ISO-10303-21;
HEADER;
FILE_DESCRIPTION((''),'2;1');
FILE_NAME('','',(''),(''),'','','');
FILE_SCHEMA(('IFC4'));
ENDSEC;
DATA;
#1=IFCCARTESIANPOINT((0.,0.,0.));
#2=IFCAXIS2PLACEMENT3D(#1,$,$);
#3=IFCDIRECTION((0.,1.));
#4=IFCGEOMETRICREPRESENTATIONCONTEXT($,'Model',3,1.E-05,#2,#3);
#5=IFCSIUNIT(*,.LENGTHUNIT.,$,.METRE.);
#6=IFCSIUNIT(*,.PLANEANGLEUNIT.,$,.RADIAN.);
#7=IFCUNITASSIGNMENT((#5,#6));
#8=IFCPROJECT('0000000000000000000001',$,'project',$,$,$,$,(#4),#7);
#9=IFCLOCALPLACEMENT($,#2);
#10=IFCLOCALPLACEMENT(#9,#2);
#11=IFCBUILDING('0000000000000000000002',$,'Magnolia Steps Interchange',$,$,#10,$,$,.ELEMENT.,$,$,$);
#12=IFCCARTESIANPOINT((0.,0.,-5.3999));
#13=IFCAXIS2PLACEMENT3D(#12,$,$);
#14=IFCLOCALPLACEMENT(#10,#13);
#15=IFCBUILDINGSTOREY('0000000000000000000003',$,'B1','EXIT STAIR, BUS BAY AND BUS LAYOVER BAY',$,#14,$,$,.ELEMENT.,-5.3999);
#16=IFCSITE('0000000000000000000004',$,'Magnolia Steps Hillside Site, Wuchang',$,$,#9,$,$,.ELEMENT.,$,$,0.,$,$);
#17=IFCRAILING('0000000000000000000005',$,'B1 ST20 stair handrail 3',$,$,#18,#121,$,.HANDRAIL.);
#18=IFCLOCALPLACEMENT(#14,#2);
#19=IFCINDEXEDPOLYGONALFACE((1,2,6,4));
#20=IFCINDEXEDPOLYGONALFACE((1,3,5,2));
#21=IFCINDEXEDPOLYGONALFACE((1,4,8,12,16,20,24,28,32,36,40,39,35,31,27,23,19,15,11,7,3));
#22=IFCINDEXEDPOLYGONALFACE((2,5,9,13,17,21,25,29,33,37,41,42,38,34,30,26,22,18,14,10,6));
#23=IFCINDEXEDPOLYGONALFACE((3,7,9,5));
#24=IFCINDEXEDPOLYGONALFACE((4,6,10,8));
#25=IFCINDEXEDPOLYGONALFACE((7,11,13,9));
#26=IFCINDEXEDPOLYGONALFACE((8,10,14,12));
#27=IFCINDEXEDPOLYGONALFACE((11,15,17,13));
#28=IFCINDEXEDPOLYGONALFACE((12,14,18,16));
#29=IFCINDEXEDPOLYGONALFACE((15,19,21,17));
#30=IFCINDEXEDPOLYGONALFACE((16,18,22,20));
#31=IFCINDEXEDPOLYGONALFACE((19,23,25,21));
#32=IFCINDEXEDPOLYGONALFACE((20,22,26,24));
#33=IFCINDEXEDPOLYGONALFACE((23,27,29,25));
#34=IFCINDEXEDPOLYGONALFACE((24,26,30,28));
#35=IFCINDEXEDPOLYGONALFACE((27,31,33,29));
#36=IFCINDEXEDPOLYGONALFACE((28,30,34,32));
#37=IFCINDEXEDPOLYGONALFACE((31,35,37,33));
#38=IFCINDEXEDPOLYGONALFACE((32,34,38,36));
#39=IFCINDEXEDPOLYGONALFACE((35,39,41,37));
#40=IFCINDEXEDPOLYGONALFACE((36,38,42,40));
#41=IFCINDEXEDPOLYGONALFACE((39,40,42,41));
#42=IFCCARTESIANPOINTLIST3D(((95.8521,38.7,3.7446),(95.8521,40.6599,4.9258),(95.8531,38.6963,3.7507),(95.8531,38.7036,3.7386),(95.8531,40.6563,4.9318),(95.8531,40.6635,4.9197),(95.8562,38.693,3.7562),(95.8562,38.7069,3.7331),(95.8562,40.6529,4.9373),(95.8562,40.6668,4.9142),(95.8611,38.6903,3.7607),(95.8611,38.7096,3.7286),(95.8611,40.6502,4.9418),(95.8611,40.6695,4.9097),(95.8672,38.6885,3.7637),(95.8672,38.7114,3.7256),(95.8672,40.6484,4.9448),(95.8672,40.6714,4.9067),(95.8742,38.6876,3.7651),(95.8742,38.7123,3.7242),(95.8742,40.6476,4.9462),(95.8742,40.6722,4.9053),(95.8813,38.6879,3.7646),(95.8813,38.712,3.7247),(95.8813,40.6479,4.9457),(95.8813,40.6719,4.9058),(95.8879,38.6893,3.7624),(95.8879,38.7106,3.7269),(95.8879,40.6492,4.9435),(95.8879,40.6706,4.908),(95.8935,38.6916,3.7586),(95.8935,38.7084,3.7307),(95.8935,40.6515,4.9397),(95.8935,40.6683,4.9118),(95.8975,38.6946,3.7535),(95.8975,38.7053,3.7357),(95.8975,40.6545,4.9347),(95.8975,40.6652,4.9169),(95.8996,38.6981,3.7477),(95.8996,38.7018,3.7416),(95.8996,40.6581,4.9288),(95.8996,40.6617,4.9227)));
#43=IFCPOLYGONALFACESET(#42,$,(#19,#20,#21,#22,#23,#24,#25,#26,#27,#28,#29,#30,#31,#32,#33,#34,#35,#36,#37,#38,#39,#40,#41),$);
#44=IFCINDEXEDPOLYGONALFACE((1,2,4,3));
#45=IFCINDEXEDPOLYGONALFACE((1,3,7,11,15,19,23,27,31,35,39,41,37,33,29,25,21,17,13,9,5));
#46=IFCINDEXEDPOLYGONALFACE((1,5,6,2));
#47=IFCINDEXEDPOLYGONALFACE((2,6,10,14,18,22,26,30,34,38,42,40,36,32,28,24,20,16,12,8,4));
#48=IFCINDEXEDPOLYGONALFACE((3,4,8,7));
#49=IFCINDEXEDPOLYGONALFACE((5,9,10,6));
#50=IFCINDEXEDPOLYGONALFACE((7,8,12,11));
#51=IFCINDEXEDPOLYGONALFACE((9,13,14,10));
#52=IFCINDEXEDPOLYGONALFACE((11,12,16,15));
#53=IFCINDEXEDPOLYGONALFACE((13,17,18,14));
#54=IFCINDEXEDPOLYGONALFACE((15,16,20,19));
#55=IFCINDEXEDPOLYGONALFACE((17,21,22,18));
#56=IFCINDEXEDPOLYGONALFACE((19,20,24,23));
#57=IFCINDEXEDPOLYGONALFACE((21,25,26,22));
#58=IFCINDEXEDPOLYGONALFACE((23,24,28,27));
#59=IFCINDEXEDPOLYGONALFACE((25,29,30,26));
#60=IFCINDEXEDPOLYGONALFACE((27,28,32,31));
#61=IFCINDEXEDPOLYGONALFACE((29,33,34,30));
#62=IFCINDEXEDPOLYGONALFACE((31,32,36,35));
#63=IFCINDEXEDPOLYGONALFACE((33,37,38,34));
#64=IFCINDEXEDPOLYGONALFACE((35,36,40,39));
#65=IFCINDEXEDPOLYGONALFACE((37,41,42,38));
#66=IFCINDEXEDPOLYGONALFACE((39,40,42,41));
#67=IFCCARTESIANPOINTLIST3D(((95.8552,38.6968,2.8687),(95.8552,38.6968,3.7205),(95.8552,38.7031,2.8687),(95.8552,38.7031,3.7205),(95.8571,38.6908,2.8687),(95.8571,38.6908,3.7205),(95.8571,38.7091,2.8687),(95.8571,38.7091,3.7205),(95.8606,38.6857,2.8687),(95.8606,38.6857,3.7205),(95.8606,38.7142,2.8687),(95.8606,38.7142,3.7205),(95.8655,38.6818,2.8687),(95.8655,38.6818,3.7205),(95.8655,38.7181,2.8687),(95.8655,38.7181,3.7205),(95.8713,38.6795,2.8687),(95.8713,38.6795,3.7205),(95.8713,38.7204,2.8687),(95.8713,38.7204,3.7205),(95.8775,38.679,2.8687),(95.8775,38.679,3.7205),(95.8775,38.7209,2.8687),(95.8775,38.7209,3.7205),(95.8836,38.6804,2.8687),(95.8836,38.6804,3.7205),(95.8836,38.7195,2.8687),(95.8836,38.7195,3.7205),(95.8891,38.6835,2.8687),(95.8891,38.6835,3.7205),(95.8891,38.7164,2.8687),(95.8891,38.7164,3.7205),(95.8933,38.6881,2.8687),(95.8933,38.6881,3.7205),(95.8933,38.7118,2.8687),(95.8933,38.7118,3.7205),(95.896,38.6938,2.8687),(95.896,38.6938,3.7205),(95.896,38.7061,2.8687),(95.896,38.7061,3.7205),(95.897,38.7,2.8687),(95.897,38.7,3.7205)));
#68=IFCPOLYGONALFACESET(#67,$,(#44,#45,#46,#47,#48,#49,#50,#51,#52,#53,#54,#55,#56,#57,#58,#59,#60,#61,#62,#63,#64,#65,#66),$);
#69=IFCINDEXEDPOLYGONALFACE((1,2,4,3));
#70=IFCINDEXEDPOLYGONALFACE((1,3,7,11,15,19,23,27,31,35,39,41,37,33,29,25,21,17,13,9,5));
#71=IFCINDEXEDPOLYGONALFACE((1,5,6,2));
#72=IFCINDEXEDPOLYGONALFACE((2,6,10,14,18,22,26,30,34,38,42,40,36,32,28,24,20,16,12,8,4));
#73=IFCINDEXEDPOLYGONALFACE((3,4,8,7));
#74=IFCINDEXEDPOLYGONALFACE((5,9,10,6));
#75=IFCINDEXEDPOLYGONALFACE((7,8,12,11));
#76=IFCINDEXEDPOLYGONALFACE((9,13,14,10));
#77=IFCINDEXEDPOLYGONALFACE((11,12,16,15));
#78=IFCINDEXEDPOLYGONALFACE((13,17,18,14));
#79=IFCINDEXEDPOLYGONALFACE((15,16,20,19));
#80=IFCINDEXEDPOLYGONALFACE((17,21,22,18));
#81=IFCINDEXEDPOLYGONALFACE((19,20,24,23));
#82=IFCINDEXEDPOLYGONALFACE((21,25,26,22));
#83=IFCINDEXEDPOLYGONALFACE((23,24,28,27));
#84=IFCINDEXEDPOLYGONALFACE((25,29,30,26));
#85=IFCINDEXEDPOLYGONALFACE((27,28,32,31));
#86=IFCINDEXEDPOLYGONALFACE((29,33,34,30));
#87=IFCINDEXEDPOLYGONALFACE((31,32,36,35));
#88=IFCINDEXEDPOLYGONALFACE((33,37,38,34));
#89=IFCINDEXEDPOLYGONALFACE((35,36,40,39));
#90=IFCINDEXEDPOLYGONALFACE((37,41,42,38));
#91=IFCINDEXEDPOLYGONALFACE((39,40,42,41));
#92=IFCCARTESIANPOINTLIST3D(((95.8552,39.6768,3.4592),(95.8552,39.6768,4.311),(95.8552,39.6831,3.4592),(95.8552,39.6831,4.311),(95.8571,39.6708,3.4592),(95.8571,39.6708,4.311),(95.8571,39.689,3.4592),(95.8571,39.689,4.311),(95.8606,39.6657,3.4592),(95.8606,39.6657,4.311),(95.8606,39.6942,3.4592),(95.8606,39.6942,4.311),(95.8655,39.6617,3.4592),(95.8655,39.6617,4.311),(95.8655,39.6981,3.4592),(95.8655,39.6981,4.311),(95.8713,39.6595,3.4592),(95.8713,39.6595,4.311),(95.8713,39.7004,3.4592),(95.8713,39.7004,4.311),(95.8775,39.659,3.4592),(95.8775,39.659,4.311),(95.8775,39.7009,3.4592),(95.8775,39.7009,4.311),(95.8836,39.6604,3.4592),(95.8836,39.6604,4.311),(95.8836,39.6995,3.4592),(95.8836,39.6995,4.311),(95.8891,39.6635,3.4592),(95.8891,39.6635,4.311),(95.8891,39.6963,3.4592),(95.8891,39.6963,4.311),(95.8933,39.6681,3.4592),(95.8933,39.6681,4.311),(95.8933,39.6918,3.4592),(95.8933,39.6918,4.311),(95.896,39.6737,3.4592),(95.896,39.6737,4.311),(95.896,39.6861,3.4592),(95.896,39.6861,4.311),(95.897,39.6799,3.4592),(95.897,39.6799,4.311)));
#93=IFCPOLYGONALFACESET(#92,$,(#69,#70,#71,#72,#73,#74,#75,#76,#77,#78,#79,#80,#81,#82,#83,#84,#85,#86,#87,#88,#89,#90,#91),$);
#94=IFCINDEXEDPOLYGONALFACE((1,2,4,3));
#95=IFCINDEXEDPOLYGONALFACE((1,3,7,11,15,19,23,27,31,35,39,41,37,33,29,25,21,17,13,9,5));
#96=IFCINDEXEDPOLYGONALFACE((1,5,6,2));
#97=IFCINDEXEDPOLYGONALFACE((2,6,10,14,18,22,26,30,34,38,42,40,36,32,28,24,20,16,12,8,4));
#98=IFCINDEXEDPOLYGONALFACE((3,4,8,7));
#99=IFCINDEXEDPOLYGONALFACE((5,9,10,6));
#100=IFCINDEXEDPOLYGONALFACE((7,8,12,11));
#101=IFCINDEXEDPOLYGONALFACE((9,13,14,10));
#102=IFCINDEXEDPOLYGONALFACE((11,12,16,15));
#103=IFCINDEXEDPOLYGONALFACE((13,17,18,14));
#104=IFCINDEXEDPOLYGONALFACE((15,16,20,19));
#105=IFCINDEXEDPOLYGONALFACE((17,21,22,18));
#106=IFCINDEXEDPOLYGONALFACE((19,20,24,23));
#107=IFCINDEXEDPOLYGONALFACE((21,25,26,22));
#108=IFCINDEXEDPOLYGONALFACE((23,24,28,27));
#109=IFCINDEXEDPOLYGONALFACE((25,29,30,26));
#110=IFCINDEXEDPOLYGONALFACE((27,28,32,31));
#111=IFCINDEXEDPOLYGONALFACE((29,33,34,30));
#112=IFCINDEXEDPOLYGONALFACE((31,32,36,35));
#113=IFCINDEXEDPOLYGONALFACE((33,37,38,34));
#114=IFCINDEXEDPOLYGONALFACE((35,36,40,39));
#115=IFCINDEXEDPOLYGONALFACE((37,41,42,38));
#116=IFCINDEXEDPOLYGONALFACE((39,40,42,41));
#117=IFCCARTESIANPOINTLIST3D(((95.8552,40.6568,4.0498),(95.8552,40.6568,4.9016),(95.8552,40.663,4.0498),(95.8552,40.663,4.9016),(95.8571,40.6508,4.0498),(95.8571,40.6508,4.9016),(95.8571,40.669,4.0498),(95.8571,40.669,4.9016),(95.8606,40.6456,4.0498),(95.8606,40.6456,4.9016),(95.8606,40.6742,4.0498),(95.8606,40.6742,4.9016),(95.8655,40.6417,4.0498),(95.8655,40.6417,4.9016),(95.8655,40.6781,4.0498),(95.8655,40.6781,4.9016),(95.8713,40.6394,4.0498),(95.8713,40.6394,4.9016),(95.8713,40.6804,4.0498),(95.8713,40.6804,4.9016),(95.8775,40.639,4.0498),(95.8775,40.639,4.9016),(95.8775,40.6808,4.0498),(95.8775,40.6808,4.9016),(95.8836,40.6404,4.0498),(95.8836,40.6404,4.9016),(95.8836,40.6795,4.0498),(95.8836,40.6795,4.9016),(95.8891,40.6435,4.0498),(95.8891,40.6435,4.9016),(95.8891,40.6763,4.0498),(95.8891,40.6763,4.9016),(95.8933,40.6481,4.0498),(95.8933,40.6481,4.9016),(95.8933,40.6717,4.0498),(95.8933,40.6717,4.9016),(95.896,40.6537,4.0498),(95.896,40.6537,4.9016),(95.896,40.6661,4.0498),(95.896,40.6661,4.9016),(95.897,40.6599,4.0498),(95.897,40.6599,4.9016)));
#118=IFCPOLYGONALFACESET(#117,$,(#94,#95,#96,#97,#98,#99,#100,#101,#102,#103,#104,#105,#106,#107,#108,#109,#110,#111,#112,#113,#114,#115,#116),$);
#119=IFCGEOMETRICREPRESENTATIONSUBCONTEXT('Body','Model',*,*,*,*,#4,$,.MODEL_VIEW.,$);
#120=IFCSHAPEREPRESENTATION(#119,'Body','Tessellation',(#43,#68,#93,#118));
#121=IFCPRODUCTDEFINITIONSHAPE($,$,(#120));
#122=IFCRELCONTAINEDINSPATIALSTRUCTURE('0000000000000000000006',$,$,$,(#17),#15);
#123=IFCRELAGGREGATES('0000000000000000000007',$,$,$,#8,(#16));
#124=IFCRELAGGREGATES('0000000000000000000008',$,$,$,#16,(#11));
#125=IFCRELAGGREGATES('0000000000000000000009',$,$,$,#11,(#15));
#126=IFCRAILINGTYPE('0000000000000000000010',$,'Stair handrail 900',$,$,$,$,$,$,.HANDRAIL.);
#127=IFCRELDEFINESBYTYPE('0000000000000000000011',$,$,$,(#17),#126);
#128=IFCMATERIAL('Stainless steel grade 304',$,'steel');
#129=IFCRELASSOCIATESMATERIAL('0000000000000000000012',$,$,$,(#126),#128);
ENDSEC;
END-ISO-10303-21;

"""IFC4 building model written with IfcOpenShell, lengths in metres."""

from ifc_helpers import new_model, si_unit, direction, frame, origin, origin_2d, place, context, subcontext, project, spatial, circle, extrude, material, type_object, element, save


model = new_model("IFC4")

# Units and contexts
model_context = context("Model", 3, precision=1e-05, world=origin(), true_north=direction((0.0, 1.0)))
body_context = subcontext(model_context, "Body", "Model", "MODEL_VIEW")
ifc_project = project(units=[si_unit("LENGTHUNIT", "METRE"), si_unit("PLANEANGLEUNIT", "RADIAN")], contexts=[model_context])

# Site, building, storey
site_placement = place(None, origin())
site = spatial("IfcSite", under=ifc_project, at=site_placement, Name="Magnolia Steps Hillside Site, Wuchang", CompositionType="ELEMENT", RefElevation=0.0)
building_placement = place(site_placement, origin())
building = spatial("IfcBuilding", under=site, at=building_placement, Name="Magnolia Steps Interchange", CompositionType="ELEMENT")
storey_placement = place(building_placement, frame((0.0, 0.0, -5.3999)))
storey = spatial("IfcBuildingStorey", under=building, at=storey_placement, Name="B1", Description="EXIT STAIR, BUS BAY AND BUS LAYOVER BAY", CompositionType="ELEMENT", Elevation=-5.3999)

# Railing
ifc_material_1 = material(Name="Stainless steel grade 304", Category="steel")
railing_type_1 = type_object("IfcRailingType", Name="Stair handrail 900", PredefinedType="HANDRAIL", material=ifc_material_1)
railing_1_placement = place(storey_placement, frame((95.876, 38.7, 2.8687)))
element("IfcRailing", 1, at=railing_1_placement, inside=storey, type_object=railing_type_1, Name="B1 ST20 stair handrail 3", PredefinedType="HANDRAIL", context=body_context, shape_type="SweptSolid", body=[
    extrude(circle(Radius=0.0239, at=origin_2d()), frame((0.0, 0.0, 0.876), z_axis=(0.0, 0.856493, 0.516158), x_axis=(-1.0, 0.0, 0.0)), (0.0, 0.0, 1.0), 2.2883),
    extrude(circle(Radius=0.021, at=origin_2d()), origin(), (0.0, 0.0, 1.0), 0.8518),
    extrude(circle(Radius=0.021, at=origin_2d()), frame((0.0, 0.98, 0.5906)), (0.0, 0.0, 1.0), 0.8518),
    extrude(circle(Radius=0.021, at=origin_2d()), frame((0.0, 1.96, 1.1812)), (0.0, 0.0, 1.0), 0.8518),
])

save(model, "model.ifc")
